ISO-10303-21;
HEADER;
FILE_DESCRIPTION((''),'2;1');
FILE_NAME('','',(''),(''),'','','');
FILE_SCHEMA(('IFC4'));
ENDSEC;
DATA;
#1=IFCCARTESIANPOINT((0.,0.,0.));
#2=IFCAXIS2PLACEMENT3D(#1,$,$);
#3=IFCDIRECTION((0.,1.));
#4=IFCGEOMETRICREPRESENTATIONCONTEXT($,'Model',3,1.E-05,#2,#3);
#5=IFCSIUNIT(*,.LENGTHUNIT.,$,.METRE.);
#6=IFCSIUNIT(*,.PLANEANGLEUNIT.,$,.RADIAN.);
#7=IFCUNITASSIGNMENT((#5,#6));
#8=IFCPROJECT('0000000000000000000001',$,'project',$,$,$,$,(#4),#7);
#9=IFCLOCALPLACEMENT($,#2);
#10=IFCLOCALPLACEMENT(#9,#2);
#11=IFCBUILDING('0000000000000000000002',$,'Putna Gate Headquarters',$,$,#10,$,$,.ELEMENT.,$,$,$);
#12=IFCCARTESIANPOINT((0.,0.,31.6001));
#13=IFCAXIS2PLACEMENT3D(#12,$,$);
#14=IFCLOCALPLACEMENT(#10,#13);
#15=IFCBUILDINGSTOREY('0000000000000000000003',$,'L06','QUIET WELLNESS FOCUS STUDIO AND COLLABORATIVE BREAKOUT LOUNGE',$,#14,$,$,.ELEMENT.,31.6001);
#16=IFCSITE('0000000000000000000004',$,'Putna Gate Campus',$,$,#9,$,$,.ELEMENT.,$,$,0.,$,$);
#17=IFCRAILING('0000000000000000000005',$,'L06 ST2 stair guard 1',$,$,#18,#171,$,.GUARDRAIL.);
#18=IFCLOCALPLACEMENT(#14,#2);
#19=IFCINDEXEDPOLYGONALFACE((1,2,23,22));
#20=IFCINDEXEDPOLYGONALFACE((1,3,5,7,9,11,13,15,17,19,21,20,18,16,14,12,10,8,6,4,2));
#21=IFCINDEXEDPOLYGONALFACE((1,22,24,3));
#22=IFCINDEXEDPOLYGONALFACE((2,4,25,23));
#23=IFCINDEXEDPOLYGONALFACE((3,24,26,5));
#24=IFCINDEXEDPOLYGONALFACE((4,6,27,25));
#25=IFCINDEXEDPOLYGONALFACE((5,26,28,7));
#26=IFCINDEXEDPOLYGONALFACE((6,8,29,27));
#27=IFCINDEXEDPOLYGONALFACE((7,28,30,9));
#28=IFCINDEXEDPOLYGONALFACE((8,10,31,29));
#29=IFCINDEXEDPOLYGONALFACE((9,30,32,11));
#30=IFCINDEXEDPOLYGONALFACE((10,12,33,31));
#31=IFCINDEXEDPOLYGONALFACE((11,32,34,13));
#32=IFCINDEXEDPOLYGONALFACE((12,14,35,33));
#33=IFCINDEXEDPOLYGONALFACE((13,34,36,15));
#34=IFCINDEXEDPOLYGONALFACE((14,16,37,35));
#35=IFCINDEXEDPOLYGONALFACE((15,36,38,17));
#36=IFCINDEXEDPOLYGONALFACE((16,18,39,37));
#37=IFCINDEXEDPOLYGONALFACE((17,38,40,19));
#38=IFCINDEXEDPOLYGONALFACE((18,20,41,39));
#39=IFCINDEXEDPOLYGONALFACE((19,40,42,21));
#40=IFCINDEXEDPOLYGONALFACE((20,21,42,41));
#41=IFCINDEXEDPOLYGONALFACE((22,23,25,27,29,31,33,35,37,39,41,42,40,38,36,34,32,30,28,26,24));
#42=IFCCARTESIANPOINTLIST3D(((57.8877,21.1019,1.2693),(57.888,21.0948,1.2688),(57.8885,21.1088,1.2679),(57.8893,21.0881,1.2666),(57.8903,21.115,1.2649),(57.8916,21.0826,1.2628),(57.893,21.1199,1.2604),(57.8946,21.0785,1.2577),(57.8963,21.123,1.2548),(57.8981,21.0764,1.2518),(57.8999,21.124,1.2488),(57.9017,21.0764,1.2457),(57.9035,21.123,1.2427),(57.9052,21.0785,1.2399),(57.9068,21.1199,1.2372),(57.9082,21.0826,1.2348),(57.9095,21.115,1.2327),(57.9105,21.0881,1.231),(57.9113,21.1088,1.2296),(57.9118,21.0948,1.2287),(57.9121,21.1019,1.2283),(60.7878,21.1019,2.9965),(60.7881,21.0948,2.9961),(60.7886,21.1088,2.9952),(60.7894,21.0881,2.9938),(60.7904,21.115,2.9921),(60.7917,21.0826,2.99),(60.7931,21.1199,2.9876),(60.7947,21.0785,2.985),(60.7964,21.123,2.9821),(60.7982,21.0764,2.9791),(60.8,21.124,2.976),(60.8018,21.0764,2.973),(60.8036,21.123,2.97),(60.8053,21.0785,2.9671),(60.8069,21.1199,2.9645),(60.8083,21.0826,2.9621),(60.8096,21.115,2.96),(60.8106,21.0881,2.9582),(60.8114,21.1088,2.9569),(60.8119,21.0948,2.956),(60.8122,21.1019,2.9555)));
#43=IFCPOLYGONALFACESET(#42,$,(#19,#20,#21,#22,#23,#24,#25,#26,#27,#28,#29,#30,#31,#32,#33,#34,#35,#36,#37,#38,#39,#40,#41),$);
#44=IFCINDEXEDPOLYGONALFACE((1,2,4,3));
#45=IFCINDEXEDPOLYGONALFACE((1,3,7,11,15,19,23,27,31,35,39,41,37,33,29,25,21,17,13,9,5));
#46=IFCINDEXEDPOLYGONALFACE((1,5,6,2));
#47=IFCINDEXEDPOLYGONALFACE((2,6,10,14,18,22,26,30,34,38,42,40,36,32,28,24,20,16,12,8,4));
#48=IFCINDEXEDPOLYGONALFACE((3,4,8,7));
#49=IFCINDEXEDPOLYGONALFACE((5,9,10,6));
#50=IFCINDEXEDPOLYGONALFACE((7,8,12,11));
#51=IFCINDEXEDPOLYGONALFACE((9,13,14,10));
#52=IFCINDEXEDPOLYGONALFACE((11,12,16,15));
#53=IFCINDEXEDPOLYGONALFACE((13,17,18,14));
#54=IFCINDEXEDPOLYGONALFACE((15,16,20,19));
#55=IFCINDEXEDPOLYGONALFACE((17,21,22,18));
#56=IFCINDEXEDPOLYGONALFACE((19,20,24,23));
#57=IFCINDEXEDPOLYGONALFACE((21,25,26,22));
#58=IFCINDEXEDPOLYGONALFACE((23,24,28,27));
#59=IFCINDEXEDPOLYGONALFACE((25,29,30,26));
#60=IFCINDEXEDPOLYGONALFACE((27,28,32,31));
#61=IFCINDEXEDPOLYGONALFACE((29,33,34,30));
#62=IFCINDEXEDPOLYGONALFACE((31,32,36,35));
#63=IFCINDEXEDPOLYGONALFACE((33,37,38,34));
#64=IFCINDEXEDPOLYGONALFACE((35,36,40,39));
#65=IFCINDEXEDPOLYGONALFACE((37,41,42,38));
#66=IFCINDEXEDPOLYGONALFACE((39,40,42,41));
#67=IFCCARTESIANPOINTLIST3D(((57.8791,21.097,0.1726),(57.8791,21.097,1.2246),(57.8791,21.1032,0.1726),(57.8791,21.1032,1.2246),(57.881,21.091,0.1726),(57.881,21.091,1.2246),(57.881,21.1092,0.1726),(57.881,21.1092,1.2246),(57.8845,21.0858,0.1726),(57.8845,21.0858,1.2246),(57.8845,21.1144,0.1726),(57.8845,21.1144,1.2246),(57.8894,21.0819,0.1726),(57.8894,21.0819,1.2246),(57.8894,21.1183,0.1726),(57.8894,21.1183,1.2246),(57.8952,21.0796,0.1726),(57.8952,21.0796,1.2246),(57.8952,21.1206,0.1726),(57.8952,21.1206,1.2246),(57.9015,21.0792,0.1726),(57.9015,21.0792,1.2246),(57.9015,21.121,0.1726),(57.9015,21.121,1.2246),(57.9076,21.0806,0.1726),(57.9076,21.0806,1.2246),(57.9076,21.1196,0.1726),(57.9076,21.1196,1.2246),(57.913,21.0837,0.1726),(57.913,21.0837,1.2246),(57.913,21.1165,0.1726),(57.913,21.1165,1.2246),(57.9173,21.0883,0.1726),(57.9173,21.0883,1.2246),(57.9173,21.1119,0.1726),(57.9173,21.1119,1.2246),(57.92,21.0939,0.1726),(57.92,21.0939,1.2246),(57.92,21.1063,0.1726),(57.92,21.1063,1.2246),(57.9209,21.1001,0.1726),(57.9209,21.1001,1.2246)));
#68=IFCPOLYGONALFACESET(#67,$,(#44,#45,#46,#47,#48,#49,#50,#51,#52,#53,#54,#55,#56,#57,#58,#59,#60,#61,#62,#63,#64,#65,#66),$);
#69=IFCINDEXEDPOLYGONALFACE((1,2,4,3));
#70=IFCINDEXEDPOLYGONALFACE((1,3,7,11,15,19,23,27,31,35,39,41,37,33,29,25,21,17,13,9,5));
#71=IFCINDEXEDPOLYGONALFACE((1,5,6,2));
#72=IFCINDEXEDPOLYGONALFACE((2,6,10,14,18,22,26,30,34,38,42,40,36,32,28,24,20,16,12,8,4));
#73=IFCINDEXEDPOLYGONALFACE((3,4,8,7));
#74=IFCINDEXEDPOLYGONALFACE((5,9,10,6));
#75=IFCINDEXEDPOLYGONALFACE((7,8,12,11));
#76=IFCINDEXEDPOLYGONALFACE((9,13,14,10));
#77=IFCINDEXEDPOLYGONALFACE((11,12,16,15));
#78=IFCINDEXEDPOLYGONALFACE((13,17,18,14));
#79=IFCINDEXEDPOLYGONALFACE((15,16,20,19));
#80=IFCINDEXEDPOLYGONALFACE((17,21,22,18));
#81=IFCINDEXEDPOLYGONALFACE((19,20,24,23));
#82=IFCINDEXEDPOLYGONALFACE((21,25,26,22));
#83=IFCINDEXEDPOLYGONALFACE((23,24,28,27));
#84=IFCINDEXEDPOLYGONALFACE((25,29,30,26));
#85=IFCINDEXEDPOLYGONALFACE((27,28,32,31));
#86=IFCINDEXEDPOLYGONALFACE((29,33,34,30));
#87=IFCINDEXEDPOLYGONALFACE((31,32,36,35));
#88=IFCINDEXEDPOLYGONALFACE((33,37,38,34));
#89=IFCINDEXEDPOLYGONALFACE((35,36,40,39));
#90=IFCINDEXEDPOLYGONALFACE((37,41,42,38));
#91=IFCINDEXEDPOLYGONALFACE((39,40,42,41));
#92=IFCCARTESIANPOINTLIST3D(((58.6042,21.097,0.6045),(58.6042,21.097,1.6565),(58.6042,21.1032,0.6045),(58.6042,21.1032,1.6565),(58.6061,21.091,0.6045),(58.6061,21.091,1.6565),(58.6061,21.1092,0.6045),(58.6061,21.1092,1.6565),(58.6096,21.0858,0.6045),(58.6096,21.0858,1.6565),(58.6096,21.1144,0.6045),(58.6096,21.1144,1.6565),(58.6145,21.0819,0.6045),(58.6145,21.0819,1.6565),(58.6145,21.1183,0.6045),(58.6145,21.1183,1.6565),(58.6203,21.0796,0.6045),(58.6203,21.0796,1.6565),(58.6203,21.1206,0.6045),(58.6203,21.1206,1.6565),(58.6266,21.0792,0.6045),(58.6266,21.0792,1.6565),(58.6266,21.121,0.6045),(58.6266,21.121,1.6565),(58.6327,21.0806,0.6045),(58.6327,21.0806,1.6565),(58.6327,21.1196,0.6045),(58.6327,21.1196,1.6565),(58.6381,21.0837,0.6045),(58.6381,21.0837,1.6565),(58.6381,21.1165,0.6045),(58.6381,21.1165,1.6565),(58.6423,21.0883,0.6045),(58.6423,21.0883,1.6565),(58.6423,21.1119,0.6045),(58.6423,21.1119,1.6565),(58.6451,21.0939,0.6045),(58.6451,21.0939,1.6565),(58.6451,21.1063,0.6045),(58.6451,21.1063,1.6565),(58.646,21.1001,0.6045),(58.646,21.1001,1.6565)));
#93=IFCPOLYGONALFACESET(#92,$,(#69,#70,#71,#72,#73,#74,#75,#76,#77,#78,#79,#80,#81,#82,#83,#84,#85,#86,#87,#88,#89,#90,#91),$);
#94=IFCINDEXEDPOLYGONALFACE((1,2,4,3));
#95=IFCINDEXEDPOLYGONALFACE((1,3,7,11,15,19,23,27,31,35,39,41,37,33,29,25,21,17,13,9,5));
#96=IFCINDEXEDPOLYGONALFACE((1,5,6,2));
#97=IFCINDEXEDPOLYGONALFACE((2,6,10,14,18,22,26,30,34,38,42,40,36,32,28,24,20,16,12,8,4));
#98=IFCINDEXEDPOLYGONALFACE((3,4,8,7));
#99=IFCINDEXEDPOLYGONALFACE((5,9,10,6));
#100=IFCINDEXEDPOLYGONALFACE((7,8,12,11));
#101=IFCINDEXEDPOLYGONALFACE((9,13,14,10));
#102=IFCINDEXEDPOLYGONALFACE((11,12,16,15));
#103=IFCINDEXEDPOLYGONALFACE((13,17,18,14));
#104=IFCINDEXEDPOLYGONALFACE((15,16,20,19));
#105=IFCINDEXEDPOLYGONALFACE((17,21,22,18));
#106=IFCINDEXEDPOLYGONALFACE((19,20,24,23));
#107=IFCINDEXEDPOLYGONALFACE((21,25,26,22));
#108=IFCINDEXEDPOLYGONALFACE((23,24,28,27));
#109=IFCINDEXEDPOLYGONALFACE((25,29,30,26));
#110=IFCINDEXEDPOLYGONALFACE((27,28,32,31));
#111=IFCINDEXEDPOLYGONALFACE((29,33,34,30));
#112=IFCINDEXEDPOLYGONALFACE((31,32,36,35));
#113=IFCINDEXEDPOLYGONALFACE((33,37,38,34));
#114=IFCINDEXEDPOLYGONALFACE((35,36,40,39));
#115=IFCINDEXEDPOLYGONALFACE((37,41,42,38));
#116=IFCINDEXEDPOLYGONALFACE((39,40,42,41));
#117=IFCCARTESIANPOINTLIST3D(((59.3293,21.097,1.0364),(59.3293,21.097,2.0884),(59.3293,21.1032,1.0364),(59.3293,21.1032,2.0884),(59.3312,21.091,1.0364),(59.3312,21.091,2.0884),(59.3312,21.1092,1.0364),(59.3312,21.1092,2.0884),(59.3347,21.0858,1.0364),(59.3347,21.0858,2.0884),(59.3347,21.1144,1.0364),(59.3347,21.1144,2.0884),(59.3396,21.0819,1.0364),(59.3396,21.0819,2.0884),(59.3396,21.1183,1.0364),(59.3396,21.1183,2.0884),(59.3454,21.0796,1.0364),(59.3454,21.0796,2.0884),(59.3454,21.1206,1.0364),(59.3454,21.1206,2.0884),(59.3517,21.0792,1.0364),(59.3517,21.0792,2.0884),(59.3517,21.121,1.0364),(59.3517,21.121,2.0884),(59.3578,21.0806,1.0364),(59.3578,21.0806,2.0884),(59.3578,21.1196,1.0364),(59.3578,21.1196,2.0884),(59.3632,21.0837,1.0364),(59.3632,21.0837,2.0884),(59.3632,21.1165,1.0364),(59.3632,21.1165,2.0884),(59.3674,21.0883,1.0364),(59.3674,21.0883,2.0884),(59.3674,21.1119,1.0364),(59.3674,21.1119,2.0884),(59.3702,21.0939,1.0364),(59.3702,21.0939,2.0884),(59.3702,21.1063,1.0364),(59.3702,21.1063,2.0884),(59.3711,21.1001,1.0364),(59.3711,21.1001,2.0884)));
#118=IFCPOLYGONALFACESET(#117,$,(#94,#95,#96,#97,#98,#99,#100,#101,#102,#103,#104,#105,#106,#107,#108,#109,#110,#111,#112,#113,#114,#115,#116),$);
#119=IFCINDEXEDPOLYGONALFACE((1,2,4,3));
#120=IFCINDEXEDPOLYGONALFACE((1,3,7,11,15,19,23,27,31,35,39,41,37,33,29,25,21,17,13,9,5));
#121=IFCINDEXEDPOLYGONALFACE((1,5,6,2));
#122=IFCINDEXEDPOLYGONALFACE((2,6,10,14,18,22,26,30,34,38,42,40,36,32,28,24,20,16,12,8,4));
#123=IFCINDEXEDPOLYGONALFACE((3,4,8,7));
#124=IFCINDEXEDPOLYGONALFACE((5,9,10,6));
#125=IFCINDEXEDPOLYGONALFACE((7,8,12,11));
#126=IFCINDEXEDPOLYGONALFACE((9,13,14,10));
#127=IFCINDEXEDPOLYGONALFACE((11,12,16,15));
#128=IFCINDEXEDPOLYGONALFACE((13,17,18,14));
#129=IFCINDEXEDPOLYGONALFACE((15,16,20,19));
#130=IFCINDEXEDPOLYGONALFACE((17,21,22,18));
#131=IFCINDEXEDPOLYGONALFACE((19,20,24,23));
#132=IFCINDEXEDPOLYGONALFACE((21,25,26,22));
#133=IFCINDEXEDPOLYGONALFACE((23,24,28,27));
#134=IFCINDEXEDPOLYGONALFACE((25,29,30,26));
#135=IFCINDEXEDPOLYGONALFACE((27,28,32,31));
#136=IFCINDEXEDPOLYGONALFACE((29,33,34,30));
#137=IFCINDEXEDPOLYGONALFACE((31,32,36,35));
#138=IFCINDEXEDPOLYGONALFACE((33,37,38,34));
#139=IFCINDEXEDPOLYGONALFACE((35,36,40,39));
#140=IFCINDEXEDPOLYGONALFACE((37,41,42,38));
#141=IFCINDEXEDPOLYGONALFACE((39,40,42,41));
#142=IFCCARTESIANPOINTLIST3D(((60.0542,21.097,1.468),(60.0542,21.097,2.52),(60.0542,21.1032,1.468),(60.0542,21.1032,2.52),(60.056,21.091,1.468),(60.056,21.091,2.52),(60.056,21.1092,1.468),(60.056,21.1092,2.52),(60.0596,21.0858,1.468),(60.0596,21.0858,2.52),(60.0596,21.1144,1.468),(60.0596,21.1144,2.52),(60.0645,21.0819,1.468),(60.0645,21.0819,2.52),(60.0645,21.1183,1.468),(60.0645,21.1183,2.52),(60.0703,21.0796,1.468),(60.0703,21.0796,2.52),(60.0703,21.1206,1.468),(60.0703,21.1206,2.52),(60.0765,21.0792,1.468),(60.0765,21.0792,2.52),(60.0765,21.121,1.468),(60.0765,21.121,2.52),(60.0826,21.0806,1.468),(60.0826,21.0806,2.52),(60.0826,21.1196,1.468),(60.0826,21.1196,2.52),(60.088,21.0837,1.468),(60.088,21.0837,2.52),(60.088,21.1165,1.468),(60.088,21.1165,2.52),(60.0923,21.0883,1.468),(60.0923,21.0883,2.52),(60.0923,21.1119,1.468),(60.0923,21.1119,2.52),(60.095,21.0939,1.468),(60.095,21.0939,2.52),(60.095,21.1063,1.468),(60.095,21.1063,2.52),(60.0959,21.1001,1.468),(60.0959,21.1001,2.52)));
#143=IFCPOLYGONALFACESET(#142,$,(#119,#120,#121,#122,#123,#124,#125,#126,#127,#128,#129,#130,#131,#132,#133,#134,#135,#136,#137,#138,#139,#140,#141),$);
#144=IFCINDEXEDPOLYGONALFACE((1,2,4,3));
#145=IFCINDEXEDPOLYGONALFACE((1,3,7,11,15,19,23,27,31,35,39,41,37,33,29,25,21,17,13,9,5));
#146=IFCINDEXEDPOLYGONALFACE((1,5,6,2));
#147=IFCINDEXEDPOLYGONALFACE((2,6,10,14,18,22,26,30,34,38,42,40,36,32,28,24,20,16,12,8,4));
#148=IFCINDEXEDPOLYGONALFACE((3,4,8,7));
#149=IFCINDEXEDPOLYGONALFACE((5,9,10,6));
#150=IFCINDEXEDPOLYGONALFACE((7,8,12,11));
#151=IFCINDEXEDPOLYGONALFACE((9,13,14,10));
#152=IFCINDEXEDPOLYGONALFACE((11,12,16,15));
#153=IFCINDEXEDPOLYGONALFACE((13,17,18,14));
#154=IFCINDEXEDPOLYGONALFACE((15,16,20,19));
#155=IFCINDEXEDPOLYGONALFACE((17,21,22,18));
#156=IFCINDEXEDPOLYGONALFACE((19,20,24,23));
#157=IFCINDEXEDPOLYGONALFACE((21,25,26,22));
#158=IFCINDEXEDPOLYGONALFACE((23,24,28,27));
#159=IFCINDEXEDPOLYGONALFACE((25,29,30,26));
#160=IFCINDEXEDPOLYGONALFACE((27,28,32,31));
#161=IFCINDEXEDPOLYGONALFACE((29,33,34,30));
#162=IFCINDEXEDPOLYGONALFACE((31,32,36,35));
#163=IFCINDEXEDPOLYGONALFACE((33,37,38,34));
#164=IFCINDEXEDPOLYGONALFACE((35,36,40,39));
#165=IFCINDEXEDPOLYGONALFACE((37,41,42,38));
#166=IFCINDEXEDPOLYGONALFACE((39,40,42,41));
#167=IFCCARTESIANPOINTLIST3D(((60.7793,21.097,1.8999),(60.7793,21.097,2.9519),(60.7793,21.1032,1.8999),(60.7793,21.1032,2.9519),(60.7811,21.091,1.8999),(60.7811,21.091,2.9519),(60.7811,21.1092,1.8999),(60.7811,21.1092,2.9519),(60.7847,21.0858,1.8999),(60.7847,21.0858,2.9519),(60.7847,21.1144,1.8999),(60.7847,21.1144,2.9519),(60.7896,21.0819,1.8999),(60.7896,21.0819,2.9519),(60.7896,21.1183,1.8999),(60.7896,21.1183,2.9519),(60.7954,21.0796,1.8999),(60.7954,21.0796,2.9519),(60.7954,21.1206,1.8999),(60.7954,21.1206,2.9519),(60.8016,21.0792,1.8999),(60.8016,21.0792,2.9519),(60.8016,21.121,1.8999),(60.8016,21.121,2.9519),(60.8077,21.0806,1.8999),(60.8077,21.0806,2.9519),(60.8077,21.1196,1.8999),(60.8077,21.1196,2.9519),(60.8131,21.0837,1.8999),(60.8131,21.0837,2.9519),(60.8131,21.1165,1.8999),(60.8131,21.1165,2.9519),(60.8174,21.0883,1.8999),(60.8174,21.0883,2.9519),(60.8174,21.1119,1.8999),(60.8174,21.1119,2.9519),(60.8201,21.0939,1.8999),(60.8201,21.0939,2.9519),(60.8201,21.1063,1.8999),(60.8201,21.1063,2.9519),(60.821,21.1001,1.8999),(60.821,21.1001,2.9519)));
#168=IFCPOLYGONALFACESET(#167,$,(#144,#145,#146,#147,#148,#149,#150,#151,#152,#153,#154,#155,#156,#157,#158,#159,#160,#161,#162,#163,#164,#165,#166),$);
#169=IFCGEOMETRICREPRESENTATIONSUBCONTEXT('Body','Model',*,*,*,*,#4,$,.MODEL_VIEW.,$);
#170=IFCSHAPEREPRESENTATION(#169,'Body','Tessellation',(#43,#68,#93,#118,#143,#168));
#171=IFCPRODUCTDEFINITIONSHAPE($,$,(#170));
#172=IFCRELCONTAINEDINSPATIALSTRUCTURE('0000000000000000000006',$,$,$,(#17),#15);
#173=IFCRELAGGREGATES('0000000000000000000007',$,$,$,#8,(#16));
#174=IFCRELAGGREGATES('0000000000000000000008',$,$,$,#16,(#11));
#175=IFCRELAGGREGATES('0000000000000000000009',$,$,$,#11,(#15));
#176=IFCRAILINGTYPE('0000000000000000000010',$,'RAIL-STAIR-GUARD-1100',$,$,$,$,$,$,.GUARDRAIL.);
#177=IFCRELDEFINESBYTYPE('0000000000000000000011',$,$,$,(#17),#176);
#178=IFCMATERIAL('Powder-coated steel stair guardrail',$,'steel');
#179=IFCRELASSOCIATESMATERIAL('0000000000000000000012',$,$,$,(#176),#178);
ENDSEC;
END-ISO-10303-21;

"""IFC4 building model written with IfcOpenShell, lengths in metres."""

from ifc_helpers import new_model, si_unit, direction, frame, origin, origin_2d, place, context, subcontext, project, spatial, circle, extrude, material, type_object, element, save


model = new_model("IFC4")

# Units and contexts
model_context = context("Model", 3, precision=1e-05, world=origin(), true_north=direction((0.0, 1.0)))
body_context = subcontext(model_context, "Body", "Model", "MODEL_VIEW")
ifc_project = project(units=[si_unit("LENGTHUNIT", "METRE"), si_unit("PLANEANGLEUNIT", "RADIAN")], contexts=[model_context])

# Site, building, storey
site_placement = place(None, origin())
site = spatial("IfcSite", under=ifc_project, at=site_placement, Name="Putna Gate Campus", CompositionType="ELEMENT", RefElevation=0.0)
building_placement = place(site_placement, origin())
building = spatial("IfcBuilding", under=site, at=building_placement, Name="Putna Gate Headquarters", CompositionType="ELEMENT")
storey_placement = place(building_placement, frame((0.0, 0.0, 31.6001)))
storey = spatial("IfcBuildingStorey", under=building, at=storey_placement, Name="L06", Description="QUIET WELLNESS FOCUS STUDIO AND COLLABORATIVE BREAKOUT LOUNGE", CompositionType="ELEMENT", Elevation=31.6001)

# Railing
ifc_material_1 = material(Name="Powder-coated steel stair guardrail", Category="steel")
railing_type_1 = type_object("IfcRailingType", Name="RAIL-STAIR-GUARD-1100", PredefinedType="GUARDRAIL", material=ifc_material_1)
railing_1_placement = place(storey_placement, frame((57.8999, 21.1001, 0.1726)))
element("IfcRailing", 1, at=railing_1_placement, inside=storey, type_object=railing_type_1, Name="L06 ST2 stair guard 1", PredefinedType="GUARDRAIL", context=body_context, shape_type="SweptSolid", body=[
    extrude(circle(Radius=0.0239, at=origin_2d()), frame((0.0, 0.0, 1.0762), z_axis=(0.85916, 0.0, 0.511706), x_axis=(0.0, 1.0, 0.0)), (0.0, 0.0, 1.0), 3.3755),
    extrude(circle(Radius=0.021, at=origin_2d()), origin(), (0.0, 0.0, 1.0), 1.052),
    extrude(circle(Radius=0.021, at=origin_2d()), frame((0.7251, 0.0, 0.4319)), (0.0, 0.0, 1.0), 1.052),
    extrude(circle(Radius=0.021, at=origin_2d()), frame((1.4502, 0.0, 0.8638)), (0.0, 0.0, 1.0), 1.052),
    extrude(circle(Radius=0.021, at=origin_2d()), frame((2.175, 0.0, 1.2954)), (0.0, 0.0, 1.0), 1.052),
    extrude(circle(Radius=0.021, at=origin_2d()), frame((2.9001, 0.0, 1.7273)), (0.0, 0.0, 1.0), 1.052),
])

save(model, "model.ifc")
